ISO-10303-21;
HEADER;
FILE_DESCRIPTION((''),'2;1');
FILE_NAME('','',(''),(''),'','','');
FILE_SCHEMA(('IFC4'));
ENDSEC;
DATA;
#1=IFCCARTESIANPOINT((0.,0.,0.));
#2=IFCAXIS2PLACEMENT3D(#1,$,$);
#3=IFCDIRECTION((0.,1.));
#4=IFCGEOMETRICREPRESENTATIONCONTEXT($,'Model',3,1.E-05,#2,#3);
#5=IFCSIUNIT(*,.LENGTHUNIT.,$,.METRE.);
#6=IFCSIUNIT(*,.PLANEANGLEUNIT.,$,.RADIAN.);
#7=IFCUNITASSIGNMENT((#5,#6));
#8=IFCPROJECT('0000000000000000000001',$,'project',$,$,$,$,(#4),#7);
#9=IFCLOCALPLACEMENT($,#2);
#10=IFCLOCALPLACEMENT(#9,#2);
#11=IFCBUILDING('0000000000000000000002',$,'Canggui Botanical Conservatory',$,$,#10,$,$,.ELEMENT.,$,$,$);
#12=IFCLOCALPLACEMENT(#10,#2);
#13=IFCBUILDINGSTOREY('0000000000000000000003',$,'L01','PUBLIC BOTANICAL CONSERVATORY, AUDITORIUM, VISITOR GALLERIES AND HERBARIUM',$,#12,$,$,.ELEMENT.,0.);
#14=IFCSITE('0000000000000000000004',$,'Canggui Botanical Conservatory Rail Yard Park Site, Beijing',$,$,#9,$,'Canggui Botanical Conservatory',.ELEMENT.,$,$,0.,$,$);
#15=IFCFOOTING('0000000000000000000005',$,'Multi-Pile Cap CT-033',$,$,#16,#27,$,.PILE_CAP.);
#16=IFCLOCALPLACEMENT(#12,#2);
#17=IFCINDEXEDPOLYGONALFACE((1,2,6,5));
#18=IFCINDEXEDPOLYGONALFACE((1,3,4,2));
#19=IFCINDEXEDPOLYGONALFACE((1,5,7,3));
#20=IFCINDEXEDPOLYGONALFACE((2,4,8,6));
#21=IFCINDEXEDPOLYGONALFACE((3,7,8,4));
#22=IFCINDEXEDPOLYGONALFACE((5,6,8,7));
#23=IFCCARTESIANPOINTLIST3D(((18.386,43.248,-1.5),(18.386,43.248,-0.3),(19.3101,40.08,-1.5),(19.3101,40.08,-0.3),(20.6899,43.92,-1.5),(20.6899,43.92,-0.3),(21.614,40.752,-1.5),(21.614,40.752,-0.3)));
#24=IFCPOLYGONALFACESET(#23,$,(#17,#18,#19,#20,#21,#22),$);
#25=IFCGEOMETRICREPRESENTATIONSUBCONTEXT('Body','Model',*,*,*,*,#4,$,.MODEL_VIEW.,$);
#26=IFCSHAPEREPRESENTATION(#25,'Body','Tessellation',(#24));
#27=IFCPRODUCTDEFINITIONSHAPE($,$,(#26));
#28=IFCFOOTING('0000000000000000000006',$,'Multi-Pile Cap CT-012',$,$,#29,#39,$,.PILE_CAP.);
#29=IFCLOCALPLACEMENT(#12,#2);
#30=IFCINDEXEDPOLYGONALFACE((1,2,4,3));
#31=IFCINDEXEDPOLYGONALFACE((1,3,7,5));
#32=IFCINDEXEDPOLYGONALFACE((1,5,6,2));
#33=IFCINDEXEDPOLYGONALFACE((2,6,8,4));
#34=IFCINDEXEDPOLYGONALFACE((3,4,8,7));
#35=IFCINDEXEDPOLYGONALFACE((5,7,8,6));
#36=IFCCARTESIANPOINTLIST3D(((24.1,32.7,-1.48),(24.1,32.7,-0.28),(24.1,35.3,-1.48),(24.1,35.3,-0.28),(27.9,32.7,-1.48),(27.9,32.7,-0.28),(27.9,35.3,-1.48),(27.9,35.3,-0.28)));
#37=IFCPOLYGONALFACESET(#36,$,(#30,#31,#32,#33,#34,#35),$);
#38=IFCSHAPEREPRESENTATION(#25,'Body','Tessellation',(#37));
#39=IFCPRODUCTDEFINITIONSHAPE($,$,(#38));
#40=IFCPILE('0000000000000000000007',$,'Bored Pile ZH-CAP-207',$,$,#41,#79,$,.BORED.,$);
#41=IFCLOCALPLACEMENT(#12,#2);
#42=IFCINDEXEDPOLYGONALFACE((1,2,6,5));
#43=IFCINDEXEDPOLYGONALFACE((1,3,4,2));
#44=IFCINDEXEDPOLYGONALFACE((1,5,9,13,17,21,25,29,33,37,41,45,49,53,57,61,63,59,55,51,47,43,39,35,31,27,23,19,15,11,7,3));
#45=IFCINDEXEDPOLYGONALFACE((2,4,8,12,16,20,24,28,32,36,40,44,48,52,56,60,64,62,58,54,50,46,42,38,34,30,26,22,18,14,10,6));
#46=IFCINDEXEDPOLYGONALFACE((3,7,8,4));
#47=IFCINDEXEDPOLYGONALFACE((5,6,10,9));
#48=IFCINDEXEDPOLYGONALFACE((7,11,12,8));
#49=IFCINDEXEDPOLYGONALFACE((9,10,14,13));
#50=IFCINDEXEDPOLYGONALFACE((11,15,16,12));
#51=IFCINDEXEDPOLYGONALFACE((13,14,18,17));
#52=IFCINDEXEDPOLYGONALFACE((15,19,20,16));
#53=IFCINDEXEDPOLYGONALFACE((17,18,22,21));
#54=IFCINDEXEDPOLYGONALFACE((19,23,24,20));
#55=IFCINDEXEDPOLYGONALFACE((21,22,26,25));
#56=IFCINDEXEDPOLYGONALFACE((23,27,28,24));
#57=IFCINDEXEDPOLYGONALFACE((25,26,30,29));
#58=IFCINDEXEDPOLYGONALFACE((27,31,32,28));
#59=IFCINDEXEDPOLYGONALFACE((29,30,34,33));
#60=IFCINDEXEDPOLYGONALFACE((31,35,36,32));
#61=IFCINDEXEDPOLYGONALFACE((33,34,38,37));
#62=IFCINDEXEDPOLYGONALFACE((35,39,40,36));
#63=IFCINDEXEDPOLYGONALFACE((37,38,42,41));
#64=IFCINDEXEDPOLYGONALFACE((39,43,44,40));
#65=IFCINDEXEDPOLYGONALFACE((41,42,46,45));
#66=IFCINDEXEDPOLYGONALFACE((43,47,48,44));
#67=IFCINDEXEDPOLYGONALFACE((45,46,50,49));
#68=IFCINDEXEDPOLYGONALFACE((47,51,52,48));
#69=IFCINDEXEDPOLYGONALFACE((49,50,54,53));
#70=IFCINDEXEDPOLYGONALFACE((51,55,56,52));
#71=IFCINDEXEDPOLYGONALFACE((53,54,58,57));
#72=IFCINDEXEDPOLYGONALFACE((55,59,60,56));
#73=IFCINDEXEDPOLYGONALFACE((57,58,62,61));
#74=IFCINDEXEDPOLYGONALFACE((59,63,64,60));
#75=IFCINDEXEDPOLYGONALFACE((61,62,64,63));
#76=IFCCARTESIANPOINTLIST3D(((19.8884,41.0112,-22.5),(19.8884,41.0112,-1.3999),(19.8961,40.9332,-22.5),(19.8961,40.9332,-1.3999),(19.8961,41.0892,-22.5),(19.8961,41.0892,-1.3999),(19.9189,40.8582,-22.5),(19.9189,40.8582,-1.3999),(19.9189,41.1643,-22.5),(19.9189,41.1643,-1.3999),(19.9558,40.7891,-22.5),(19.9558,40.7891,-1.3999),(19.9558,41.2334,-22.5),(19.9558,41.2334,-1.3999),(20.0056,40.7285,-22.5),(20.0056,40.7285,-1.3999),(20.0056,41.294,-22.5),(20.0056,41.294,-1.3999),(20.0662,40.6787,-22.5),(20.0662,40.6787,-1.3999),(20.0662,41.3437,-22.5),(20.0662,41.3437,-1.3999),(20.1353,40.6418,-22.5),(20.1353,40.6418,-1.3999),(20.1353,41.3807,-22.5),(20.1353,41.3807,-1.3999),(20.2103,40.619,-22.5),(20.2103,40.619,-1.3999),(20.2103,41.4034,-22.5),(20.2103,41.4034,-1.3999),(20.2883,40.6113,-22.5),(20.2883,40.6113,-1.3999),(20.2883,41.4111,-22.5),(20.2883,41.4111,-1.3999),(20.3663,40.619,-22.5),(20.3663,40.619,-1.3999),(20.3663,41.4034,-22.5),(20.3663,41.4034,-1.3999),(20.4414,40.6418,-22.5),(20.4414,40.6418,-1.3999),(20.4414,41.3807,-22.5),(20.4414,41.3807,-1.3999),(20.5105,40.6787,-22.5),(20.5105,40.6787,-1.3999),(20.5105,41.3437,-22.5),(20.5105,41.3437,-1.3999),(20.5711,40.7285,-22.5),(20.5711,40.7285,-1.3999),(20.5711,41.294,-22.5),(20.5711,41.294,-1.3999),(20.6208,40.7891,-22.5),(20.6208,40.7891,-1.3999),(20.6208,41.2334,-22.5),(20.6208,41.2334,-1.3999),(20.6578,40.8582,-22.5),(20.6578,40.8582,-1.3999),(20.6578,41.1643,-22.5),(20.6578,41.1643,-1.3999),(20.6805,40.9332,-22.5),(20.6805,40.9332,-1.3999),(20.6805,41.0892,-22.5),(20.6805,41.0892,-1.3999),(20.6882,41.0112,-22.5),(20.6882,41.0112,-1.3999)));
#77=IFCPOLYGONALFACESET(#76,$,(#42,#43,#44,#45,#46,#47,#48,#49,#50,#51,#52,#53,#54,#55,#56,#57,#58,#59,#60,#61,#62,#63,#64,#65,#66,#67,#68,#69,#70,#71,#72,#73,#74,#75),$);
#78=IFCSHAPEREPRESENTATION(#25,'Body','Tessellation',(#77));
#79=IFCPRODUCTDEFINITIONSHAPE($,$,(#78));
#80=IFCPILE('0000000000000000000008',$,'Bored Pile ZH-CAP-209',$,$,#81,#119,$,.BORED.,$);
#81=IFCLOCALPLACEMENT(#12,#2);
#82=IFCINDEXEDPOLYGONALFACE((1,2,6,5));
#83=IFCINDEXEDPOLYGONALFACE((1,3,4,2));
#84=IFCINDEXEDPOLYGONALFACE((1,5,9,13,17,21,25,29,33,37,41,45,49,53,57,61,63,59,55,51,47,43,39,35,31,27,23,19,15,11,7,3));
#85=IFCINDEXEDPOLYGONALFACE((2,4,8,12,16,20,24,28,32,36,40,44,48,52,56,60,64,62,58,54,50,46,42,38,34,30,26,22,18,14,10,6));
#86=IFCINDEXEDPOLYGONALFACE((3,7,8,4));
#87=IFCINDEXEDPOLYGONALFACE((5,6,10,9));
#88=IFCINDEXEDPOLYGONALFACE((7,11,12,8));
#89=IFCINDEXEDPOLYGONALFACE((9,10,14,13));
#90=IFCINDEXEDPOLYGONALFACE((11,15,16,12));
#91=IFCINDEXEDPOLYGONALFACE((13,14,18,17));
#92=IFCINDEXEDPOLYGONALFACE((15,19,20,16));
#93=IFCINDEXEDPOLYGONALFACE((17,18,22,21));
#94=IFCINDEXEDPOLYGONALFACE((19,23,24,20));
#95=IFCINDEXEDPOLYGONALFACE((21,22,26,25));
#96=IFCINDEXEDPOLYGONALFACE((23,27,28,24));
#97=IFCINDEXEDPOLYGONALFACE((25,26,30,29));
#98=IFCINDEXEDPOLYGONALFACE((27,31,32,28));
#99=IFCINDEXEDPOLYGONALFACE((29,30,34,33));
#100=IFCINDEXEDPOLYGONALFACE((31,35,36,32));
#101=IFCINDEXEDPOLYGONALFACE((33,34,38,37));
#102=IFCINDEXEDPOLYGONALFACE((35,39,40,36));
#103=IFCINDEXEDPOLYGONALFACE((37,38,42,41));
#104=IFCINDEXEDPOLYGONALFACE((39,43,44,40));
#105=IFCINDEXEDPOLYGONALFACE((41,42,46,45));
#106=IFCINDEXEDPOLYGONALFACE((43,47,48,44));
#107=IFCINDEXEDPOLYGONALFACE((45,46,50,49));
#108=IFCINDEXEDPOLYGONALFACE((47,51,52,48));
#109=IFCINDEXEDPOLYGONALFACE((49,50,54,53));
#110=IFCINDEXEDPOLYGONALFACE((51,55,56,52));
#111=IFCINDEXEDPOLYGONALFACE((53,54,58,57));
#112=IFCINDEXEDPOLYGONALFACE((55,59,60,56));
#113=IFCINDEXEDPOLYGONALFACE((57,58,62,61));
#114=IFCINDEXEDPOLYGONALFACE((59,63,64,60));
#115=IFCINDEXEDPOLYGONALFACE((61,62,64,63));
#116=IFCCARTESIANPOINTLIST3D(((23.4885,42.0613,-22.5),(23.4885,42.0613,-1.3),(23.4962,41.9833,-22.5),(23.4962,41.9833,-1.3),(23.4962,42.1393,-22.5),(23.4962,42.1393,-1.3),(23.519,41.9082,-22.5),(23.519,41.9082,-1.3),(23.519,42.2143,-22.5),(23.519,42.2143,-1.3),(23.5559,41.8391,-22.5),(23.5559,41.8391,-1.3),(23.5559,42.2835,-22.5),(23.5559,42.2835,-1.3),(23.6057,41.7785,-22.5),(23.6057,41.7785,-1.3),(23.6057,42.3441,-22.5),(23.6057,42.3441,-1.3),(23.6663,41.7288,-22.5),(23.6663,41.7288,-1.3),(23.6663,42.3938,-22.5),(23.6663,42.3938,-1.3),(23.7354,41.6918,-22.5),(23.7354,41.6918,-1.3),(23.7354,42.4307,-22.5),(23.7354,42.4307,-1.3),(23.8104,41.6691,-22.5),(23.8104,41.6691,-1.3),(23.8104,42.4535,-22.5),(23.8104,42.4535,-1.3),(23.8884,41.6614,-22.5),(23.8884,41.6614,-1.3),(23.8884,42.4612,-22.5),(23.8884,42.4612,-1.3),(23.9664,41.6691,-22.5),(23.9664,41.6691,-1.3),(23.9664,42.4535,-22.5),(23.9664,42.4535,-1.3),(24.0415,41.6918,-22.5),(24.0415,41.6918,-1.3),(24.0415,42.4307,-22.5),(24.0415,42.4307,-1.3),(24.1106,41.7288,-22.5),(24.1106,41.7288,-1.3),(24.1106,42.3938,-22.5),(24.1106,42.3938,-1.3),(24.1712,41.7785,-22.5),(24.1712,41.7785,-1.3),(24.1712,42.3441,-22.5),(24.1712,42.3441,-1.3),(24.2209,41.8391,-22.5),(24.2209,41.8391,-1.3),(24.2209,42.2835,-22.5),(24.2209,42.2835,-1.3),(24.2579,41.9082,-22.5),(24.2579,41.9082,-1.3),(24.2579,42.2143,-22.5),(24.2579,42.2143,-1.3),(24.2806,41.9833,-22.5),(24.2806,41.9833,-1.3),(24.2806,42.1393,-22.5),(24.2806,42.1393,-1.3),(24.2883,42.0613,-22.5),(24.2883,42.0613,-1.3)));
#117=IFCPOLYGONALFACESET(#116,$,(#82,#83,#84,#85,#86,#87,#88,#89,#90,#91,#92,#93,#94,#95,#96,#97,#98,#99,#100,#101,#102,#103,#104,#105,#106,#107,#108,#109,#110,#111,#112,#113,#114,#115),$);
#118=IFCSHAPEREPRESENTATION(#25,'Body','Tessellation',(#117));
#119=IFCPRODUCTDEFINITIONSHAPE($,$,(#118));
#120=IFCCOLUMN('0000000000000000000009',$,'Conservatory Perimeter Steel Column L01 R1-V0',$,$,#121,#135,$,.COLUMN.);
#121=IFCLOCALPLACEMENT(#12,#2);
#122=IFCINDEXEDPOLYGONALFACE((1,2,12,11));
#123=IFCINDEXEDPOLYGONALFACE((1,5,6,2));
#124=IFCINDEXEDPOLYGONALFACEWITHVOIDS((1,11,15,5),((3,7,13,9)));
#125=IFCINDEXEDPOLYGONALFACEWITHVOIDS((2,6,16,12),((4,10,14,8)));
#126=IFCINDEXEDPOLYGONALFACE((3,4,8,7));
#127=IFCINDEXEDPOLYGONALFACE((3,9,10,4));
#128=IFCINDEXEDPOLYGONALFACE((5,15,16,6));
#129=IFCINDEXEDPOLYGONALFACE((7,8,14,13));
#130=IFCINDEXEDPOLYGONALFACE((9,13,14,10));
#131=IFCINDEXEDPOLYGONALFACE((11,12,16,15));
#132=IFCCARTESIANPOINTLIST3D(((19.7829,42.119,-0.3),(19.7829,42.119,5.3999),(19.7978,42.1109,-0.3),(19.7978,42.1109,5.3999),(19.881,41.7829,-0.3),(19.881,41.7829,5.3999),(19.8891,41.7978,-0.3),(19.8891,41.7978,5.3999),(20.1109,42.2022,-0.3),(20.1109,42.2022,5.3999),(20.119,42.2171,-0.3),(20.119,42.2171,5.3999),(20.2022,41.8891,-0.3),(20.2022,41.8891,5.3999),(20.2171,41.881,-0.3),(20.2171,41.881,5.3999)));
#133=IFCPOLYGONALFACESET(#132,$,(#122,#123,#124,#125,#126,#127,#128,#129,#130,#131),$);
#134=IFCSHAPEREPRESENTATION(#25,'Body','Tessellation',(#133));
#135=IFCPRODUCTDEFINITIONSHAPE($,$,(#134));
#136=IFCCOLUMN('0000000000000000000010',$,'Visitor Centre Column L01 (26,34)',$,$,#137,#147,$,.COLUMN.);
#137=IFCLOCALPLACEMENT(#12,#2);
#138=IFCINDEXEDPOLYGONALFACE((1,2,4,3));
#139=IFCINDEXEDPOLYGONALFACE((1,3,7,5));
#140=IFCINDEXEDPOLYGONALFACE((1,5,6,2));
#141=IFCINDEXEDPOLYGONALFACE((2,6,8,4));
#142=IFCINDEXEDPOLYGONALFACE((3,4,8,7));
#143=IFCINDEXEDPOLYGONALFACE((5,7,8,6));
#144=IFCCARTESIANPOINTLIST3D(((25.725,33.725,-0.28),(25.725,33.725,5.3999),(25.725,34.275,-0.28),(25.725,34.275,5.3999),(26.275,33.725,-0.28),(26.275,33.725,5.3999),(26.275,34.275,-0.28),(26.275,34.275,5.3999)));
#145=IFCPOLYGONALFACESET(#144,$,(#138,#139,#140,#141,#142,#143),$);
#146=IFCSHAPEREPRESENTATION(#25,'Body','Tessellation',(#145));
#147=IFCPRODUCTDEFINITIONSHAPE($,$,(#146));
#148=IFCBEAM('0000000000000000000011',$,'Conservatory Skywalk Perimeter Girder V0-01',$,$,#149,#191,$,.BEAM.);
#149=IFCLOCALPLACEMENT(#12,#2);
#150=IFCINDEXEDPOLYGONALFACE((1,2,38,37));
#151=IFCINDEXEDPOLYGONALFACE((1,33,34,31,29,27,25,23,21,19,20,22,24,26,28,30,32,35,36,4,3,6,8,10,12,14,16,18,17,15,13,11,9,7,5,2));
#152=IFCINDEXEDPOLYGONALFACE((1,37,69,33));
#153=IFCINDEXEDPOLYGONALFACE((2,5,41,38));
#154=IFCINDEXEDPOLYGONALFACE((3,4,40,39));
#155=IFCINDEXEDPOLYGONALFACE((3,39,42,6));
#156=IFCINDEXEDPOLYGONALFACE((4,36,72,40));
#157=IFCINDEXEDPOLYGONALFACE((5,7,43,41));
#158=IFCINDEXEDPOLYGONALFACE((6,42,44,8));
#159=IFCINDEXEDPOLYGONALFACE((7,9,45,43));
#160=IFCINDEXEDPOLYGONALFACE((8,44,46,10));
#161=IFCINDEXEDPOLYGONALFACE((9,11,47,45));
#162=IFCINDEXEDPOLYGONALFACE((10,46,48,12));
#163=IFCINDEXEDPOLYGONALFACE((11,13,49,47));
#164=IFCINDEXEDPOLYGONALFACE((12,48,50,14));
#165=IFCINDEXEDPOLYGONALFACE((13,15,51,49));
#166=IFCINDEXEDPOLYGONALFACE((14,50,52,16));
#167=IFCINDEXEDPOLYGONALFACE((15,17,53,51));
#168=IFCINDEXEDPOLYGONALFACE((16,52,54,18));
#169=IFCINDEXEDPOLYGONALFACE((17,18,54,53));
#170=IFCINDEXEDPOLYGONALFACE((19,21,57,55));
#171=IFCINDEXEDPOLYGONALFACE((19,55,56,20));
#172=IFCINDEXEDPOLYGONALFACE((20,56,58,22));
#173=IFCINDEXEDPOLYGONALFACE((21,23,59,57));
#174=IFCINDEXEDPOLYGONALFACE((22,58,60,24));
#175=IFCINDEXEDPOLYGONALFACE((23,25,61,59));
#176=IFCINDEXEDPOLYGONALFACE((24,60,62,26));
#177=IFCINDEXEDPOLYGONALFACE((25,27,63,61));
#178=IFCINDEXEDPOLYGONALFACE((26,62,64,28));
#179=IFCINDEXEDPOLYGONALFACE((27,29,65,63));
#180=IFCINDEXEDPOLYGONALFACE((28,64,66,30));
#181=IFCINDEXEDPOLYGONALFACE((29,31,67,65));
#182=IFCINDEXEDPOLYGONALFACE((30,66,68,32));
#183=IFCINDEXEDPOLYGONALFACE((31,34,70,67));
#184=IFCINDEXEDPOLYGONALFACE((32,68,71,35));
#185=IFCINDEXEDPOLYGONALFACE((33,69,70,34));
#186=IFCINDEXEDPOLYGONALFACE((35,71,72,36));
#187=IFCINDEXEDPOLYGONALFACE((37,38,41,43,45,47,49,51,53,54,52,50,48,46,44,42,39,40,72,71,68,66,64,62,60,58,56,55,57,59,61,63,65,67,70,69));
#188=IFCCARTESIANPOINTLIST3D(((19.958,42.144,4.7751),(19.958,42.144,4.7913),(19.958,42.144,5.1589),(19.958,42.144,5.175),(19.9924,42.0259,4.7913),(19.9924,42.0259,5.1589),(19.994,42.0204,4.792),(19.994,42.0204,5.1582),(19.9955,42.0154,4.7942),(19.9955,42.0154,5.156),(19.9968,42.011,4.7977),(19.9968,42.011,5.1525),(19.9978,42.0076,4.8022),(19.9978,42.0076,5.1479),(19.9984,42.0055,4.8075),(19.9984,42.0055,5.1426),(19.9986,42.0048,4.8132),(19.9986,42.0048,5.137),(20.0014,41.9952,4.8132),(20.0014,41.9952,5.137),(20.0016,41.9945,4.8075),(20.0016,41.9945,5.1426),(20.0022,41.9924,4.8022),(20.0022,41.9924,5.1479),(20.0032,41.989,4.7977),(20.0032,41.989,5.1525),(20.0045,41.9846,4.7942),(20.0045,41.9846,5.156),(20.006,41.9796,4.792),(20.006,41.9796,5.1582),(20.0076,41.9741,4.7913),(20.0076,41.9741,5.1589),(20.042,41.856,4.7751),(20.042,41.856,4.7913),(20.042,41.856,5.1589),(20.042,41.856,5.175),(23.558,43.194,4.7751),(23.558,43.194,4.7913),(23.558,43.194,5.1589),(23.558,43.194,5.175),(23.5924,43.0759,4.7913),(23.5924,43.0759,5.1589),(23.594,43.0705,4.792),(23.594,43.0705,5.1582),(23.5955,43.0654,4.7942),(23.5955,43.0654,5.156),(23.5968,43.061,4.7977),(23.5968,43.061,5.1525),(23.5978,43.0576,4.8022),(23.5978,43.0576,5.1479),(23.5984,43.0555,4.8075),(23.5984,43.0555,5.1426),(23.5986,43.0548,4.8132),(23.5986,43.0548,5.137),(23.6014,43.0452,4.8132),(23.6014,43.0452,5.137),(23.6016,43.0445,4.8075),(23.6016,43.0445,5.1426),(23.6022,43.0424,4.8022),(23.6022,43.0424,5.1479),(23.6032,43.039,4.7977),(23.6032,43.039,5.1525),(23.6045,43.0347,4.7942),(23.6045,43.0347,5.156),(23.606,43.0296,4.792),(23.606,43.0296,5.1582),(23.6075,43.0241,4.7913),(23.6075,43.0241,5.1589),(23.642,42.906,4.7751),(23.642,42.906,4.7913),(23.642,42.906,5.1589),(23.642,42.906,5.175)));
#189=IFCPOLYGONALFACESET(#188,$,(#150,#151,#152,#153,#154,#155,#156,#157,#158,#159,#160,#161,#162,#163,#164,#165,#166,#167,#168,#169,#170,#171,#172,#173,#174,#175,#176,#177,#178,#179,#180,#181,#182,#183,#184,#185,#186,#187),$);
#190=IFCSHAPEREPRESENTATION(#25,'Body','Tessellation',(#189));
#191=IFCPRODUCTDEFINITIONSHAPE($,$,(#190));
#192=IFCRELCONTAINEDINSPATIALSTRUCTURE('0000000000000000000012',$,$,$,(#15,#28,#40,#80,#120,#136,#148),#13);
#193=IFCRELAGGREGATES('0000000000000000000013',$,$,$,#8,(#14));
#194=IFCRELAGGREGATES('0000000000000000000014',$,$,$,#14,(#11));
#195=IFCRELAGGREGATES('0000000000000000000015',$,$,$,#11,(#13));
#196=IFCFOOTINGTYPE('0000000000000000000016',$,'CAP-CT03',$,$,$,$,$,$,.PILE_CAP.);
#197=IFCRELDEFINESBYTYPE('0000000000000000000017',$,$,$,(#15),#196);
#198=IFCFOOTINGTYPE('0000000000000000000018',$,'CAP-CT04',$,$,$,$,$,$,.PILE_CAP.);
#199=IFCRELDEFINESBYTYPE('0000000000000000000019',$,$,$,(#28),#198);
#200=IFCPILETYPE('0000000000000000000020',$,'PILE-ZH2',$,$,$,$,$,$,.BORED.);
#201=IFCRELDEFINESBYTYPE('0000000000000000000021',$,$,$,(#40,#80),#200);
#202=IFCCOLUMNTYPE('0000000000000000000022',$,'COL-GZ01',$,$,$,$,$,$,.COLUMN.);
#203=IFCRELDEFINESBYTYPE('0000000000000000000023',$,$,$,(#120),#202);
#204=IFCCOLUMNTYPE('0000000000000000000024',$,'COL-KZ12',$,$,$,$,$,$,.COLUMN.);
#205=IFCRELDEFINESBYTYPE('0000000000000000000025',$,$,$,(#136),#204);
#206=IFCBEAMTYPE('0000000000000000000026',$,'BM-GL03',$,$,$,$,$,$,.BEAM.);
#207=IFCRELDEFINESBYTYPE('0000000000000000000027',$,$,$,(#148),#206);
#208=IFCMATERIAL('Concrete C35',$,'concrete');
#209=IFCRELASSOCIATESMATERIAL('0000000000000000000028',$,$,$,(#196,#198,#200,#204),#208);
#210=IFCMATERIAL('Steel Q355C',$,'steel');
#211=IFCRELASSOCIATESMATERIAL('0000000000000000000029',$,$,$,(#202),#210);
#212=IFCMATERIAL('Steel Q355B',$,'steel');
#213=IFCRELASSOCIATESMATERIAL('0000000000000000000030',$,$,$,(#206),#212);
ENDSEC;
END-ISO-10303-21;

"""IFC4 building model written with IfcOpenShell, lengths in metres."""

from ifc_helpers import new_model, si_unit, direction, frame, origin, origin_2d, place, context, subcontext, project, spatial, rectangle, hollow_rectangle, circle, i_section, extrude, material, material_profile, profile_set, type_object, element, save


model = new_model("IFC4")

# Units and contexts
model_context = context("Model", 3, precision=1e-05, world=origin(), true_north=direction((0.0, 1.0)))
body_context = subcontext(model_context, "Body", "Model", "MODEL_VIEW")
ifc_project = project(units=[si_unit("LENGTHUNIT", "METRE"), si_unit("PLANEANGLEUNIT", "RADIAN")], contexts=[model_context])

# Site, building, storey
site_placement = place(None, origin())
site = spatial("IfcSite", under=ifc_project, at=site_placement, Name="Canggui Botanical Conservatory Rail Yard Park Site, Beijing", LongName="Canggui Botanical Conservatory", CompositionType="ELEMENT", RefElevation=0.0)
building_placement = place(site_placement, origin())
building = spatial("IfcBuilding", under=site, at=building_placement, Name="Canggui Botanical Conservatory", CompositionType="ELEMENT")
storey_placement = place(building_placement, origin())
storey = spatial("IfcBuildingStorey", under=building, at=storey_placement, Name="L01", Description="PUBLIC BOTANICAL CONSERVATORY, AUDITORIUM, VISITOR GALLERIES AND HERBARIUM", CompositionType="ELEMENT", Elevation=0.0)

# Footings
ifc_material_1 = material(Name="Concrete C35", Category="concrete")
footing_type_1 = type_object("IfcFootingType", Name="CAP-CT03", PredefinedType="PILE_CAP", material=ifc_material_1)
footing_1_placement = place(storey_placement, frame((20.0, 42.0, -1.5), z_axis=(0.0, 0.0, 1.0), x_axis=(-0.28, 0.96, 0.0)))
element("IfcFooting", 1, at=footing_1_placement, inside=storey, type_object=footing_type_1, Name="Multi-Pile Cap CT-033", PredefinedType="PILE_CAP", context=body_context, shape_type="SweptSolid", body=[
    extrude(rectangle(XDim=3.3, YDim=2.3999, at=origin_2d()), origin(), (0.0, 0.0, 1.0), 1.2),
])
footing_type_2 = type_object("IfcFootingType", Name="CAP-CT04", PredefinedType="PILE_CAP", material=ifc_material_1)
footing_2_placement = place(storey_placement, frame((26.0, 34.0, -1.48), z_axis=(0.0, 0.0, 1.0), x_axis=(1.0, 0.0, 0.0)))
element("IfcFooting", 2, at=footing_2_placement, inside=storey, type_object=footing_type_2, Name="Multi-Pile Cap CT-012", PredefinedType="PILE_CAP", context=body_context, shape_type="SweptSolid", body=[
    extrude(rectangle(XDim=3.8, YDim=2.6001, at=origin_2d()), origin(), (0.0, 0.0, 1.0), 1.2),
])

# Piles
ifc_material_profile_1 = material_profile(ifc_material_1, circle(Radius=0.3999, at=origin_2d()), Name="PILE D800")
ifc_profile_set_1 = profile_set([ifc_material_profile_1], Name="Concrete C35")
pile_type = type_object("IfcPileType", Name="PILE-ZH2", PredefinedType="BORED", material=ifc_profile_set_1)
pile_1_placement = place(storey_placement, frame((20.2883, 41.0112, -1.3999), z_axis=(0.0, 0.0, -1.0), x_axis=(1.0, 0.0, 0.0)))
element("IfcPile", 3, at=pile_1_placement, inside=storey, type_object=pile_type, Name="Bored Pile ZH-CAP-207", PredefinedType="BORED", context=body_context, shape_type="SweptSolid", body=[
    extrude(circle(Radius=0.3999, at=origin_2d()), origin(), (0.0, 0.0, 1.0), 21.1001),
])
pile_2_placement = place(storey_placement, frame((23.8884, 42.0613, -1.3), z_axis=(0.0, 0.0, -1.0), x_axis=(1.0, 0.0, 0.0)))
element("IfcPile", 4, at=pile_2_placement, inside=storey, type_object=pile_type, Name="Bored Pile ZH-CAP-209", PredefinedType="BORED", context=body_context, shape_type="SweptSolid", body=[
    extrude(circle(Radius=0.3999, at=origin_2d()), origin(), (0.0, 0.0, 1.0), 21.2),
])

# Columns
ifc_material_2 = material(Name="Steel Q355C", Category="steel")
ifc_material_profile_2 = material_profile(ifc_material_2, hollow_rectangle(XDim=0.3501, YDim=0.3501, WallThickness=0.012, at=origin_2d()), Name="SHS 350x350x12")
ifc_profile_set_2 = profile_set([ifc_material_profile_2], Name="Steel Q355C")
column_type_1 = type_object("IfcColumnType", Name="COL-GZ01", PredefinedType="COLUMN", material=ifc_profile_set_2)
column_1_placement = place(storey_placement, frame((20.0, 42.0, -0.3), z_axis=(0.0, 0.0, 1.0), x_axis=(0.96, 0.28, 0.0)))
element("IfcColumn", 5, at=column_1_placement, inside=storey, type_object=column_type_1, Name="Conservatory Perimeter Steel Column L01 R1-V0", PredefinedType="COLUMN", context=body_context, shape_type="SweptSolid", body=[
    extrude(hollow_rectangle(XDim=0.3501, YDim=0.3501, WallThickness=0.012, at=origin_2d()), origin(), (0.0, 0.0, 1.0), 5.7),
])
ifc_material_profile_3 = material_profile(ifc_material_1, rectangle(XDim=0.55, YDim=0.55, at=origin_2d()), Name="RC 550x550")
ifc_profile_set_3 = profile_set([ifc_material_profile_3], Name="Concrete C35")
column_type_2 = type_object("IfcColumnType", Name="COL-KZ12", PredefinedType="COLUMN", material=ifc_profile_set_3)
column_2_placement = place(storey_placement, frame((26.0, 34.0, -0.28), z_axis=(0.0, 0.0, 1.0), x_axis=(1.0, 0.0, 0.0)))
element("IfcColumn", 6, at=column_2_placement, inside=storey, type_object=column_type_2, Name="Visitor Centre Column L01 (26,34)", PredefinedType="COLUMN", context=body_context, shape_type="SweptSolid", body=[
    extrude(rectangle(XDim=0.55, YDim=0.55, at=origin_2d()), origin(), (0.0, 0.0, 1.0), 5.6799),
])

# Beam
ifc_material_3 = material(Name="Steel Q355B", Category="steel")
ifc_material_profile_4 = material_profile(ifc_material_3, i_section(OverallWidth=0.3, OverallDepth=0.3999, WebThickness=0.01, FlangeThickness=0.0161, FilletRadius=0.022, at=origin_2d()), Name="HM 400x300x10x16")
ifc_profile_set_4 = profile_set([ifc_material_profile_4], Name="Steel Q355B")
beam_type_1 = type_object("IfcBeamType", Name="BM-GL03", PredefinedType="BEAM", material=ifc_profile_set_4)
beam_1_placement = place(storey_placement, frame((20.0, 42.0, 4.9751), z_axis=(0.959999, 0.280005, 0.0), x_axis=(-0.280005, 0.959999, 0.0)))
element("IfcBeam", 7, at=beam_1_placement, inside=storey, type_object=beam_type_1, Name="Conservatory Skywalk Perimeter Girder V0-01", PredefinedType="BEAM", context=body_context, shape_type="SweptSolid", body=[
    extrude(i_section(OverallWidth=0.3, OverallDepth=0.3999, WebThickness=0.01, FlangeThickness=0.0161, FilletRadius=0.022, at=origin_2d()), origin(), (0.0, 0.0, 1.0), 3.75),
])

save(model, "model.ifc")
